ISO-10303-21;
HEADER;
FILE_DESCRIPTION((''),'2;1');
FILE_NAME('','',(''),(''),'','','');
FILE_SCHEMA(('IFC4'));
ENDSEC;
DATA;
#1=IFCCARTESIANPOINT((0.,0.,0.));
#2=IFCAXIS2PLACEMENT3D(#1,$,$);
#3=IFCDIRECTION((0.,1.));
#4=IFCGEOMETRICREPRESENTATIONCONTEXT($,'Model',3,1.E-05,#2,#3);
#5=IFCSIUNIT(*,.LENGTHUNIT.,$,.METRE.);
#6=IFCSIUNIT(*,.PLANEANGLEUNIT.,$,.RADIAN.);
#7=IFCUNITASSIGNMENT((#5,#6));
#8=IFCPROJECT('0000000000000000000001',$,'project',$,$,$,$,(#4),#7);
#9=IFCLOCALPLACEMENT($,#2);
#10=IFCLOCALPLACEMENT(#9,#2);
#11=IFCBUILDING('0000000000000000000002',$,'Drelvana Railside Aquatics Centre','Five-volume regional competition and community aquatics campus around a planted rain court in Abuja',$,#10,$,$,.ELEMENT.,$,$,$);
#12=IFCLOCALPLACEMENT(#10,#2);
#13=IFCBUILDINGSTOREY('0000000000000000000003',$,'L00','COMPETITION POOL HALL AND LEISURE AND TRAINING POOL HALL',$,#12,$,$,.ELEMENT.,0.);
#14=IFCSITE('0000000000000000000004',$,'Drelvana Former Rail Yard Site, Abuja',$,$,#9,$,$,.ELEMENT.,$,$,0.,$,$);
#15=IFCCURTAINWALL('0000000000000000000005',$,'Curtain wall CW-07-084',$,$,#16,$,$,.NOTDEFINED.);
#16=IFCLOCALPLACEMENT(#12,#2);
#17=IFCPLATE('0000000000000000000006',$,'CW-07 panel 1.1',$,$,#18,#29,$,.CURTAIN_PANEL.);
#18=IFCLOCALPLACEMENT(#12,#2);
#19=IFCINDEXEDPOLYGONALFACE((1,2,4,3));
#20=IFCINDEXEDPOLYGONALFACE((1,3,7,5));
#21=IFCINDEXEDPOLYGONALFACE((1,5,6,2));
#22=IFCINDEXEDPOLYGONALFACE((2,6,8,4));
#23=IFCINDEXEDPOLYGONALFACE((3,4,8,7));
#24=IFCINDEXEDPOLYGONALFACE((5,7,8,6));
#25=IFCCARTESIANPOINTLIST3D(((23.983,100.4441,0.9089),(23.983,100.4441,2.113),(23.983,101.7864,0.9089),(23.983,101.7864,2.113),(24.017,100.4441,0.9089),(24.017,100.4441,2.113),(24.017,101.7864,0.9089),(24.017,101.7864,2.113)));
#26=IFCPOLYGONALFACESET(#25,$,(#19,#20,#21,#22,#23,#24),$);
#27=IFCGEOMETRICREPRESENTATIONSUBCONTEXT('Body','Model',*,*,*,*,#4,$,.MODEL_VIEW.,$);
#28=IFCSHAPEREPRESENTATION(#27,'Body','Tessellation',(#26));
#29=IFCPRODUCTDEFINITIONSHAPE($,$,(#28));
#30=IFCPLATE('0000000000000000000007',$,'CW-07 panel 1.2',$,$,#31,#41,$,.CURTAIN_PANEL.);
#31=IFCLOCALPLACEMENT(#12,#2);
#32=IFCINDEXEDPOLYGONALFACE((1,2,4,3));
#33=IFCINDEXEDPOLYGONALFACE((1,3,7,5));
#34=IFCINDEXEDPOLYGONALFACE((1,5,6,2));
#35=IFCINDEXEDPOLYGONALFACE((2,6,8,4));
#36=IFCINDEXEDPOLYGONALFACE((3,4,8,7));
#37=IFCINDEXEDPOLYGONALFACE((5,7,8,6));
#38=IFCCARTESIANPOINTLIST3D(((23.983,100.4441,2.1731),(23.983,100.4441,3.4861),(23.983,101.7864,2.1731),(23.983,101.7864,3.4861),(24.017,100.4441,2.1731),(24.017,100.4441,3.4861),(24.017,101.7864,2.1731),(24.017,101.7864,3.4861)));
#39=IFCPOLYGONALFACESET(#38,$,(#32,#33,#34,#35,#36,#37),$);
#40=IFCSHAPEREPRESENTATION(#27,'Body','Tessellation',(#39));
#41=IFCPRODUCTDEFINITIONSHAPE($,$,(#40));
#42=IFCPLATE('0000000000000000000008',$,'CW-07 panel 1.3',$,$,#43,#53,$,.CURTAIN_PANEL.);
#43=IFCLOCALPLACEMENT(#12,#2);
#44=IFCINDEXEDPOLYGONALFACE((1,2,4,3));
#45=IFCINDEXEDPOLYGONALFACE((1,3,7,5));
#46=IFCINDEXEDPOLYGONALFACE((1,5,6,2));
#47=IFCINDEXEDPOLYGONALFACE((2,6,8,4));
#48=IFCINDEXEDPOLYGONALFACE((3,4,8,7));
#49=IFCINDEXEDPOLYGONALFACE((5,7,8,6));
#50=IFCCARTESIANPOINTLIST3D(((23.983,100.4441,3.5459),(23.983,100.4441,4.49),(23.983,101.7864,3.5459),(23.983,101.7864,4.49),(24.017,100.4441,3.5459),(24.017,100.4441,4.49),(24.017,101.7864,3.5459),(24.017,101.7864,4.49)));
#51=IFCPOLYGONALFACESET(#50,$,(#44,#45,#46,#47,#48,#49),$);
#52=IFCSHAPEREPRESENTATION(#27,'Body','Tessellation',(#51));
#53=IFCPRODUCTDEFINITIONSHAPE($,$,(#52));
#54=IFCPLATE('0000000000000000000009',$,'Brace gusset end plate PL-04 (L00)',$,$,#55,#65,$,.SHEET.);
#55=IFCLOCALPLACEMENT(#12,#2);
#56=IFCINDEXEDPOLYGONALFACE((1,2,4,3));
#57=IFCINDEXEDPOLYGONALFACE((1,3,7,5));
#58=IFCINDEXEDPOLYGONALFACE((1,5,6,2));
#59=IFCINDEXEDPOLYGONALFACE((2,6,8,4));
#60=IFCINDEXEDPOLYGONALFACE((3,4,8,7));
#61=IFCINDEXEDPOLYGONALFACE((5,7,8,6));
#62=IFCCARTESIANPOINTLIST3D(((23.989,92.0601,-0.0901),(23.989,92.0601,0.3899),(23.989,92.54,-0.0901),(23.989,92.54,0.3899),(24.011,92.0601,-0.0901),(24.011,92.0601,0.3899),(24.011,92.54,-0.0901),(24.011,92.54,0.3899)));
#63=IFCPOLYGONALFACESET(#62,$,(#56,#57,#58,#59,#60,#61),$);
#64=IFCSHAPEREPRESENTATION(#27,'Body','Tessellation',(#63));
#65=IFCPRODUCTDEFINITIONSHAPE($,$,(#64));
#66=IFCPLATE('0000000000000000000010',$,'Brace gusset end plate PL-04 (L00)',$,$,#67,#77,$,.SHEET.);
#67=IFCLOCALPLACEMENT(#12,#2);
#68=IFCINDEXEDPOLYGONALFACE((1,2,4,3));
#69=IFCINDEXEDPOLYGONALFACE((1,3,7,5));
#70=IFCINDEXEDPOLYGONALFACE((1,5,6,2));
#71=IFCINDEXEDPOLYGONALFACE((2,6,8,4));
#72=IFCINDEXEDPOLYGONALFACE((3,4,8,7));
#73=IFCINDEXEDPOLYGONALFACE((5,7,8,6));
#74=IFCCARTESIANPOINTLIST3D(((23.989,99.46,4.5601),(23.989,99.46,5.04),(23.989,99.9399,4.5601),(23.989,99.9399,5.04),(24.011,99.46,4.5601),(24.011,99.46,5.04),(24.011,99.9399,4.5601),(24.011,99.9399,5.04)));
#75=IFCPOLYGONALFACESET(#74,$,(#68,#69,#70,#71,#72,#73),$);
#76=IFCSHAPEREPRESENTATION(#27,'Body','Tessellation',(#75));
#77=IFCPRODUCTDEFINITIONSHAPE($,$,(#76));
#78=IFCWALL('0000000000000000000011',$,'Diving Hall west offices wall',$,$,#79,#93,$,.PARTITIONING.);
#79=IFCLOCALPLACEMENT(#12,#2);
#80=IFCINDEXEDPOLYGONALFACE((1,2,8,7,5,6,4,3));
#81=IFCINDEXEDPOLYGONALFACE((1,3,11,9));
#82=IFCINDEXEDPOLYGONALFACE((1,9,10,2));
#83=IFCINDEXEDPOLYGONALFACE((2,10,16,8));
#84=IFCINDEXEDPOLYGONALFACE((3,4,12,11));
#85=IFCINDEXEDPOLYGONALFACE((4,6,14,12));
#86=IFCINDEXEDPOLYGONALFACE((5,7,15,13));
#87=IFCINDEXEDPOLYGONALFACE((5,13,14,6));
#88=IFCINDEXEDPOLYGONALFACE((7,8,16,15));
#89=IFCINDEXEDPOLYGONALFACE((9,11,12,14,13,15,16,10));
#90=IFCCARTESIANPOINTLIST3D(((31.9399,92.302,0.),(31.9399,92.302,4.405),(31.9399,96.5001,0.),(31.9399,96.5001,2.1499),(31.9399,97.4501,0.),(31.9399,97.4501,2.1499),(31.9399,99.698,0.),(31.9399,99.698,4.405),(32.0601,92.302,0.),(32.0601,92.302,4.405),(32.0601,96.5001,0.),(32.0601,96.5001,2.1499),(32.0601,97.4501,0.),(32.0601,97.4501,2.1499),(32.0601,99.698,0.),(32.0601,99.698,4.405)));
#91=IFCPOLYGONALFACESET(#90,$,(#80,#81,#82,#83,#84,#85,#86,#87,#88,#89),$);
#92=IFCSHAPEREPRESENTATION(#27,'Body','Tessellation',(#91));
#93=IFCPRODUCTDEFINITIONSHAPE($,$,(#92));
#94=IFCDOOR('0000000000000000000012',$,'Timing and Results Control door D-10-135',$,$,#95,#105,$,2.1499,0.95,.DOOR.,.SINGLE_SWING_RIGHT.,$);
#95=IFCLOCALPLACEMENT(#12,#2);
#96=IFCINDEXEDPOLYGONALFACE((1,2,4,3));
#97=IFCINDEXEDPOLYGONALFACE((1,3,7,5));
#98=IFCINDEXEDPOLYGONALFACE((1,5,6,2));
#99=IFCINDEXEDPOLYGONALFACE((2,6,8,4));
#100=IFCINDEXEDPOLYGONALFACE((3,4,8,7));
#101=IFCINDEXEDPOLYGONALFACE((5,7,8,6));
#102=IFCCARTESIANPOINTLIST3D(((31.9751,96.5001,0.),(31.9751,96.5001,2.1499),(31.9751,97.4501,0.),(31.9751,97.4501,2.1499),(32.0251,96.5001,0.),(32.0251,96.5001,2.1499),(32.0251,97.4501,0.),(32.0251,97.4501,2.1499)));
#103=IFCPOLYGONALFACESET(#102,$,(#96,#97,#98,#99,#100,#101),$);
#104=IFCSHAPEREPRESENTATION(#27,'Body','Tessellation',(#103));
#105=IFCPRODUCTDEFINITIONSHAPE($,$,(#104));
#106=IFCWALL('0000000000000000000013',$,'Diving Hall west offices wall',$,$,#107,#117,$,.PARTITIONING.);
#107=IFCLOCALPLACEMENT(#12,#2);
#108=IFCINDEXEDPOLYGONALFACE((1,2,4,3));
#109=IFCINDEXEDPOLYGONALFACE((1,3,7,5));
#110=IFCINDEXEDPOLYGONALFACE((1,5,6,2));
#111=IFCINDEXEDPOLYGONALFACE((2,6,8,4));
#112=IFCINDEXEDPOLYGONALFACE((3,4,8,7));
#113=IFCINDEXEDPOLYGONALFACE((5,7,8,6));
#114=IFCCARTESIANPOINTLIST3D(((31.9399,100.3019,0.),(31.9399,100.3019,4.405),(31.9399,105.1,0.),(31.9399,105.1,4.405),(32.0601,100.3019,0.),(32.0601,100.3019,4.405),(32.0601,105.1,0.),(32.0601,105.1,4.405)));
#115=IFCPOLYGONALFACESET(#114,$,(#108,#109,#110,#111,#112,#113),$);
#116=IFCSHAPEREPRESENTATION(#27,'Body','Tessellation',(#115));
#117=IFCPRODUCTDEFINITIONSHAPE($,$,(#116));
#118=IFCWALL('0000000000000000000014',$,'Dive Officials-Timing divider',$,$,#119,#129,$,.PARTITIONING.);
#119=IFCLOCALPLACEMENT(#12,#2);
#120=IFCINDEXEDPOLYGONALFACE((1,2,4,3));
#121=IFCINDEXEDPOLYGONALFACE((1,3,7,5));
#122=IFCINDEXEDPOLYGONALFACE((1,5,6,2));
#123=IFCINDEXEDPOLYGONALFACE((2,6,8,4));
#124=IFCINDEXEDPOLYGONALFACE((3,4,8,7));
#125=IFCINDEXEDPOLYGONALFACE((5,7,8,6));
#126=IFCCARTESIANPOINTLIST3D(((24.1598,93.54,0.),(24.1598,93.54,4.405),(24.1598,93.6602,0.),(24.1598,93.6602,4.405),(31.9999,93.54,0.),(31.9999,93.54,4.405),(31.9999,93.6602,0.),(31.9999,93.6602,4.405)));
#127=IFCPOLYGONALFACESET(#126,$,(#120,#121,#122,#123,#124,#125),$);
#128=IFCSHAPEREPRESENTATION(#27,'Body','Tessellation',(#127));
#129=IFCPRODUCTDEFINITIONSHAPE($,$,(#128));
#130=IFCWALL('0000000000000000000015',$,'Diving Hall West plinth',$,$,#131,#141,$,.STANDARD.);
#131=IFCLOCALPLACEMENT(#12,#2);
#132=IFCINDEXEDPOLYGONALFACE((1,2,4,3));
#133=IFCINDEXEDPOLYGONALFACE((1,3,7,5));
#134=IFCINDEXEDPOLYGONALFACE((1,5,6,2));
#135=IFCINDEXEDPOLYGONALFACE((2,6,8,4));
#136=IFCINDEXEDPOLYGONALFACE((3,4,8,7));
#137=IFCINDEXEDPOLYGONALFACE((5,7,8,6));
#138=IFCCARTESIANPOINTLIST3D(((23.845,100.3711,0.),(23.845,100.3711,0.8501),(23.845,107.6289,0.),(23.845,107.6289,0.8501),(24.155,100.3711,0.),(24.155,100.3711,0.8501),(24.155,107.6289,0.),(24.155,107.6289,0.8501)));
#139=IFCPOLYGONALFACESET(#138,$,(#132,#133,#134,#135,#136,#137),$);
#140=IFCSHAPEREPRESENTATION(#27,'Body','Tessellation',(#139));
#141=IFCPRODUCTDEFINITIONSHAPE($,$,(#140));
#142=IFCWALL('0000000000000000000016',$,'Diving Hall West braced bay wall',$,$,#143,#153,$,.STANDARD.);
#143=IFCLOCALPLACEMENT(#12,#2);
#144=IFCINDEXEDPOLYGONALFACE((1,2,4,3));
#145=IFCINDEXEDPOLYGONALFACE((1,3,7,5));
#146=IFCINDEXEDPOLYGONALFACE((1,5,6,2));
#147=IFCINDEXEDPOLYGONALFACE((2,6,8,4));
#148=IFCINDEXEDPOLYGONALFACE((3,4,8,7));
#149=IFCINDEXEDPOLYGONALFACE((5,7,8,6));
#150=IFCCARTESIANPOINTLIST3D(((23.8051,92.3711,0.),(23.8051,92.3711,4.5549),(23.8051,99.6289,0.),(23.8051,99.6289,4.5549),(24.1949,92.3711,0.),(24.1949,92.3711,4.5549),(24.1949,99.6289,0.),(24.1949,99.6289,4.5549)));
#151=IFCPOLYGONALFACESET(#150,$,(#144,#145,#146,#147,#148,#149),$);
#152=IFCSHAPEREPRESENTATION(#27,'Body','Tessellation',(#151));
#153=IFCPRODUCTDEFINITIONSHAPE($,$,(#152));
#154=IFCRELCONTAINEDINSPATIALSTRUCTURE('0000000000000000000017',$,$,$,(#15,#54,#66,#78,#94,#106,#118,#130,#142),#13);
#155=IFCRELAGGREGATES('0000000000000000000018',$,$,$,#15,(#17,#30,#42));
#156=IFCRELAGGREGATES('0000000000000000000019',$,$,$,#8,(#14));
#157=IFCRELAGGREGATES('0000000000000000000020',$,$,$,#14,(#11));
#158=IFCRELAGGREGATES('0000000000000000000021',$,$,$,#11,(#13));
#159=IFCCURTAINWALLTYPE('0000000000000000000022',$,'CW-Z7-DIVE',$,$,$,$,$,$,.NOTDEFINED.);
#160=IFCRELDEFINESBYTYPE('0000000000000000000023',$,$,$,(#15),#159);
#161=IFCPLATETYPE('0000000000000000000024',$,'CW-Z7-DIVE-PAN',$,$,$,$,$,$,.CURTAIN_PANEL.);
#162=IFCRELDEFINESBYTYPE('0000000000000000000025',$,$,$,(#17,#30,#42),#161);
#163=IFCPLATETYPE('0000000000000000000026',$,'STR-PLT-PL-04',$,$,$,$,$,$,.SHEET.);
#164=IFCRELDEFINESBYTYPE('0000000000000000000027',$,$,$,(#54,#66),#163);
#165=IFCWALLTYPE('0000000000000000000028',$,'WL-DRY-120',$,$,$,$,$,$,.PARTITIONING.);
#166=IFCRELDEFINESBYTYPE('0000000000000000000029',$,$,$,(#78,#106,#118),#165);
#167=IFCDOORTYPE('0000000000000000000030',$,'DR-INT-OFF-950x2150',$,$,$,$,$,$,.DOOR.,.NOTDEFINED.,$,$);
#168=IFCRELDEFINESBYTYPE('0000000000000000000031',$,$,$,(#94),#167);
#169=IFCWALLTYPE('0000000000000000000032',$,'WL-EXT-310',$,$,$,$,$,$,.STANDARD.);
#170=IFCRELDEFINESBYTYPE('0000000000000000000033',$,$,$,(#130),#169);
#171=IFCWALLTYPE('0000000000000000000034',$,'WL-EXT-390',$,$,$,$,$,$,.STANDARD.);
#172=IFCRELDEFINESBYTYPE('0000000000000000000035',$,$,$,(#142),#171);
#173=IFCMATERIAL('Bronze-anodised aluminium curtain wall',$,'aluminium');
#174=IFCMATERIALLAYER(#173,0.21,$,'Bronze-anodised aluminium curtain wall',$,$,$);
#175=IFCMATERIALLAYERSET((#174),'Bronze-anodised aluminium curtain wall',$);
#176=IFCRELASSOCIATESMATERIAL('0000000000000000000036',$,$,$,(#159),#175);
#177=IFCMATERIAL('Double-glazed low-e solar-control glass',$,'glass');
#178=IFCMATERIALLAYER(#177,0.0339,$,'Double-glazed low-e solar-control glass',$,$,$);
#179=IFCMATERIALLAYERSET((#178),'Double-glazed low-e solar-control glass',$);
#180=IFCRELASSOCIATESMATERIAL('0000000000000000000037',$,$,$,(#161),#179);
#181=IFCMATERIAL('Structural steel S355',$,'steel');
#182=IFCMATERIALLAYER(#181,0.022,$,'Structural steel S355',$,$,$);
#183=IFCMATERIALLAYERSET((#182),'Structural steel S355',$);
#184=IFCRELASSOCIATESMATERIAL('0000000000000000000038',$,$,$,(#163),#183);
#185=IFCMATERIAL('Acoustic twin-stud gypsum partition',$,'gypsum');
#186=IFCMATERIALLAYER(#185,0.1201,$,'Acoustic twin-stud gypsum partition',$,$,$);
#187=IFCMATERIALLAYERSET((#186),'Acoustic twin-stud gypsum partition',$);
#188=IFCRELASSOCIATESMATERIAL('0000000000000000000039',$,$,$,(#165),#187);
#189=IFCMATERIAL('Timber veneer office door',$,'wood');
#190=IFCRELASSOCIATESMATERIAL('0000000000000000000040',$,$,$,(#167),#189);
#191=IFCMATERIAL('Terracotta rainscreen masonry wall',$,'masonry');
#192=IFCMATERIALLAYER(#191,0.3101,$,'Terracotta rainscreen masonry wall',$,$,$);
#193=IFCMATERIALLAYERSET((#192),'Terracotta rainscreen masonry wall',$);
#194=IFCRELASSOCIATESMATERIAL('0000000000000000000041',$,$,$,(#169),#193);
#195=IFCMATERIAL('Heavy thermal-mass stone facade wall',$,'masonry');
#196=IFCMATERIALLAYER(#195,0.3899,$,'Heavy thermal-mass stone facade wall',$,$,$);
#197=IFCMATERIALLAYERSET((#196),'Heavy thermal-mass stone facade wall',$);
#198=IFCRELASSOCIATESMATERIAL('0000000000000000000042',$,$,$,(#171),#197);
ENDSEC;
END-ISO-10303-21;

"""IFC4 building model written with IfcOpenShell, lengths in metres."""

from ifc_helpers import new_model, si_unit, direction, frame, frame_2d, origin, origin_2d, place, context, subcontext, project, spatial, rectangle, extrude, material, layer, layer_set, type_object, element, fill, aggregate, save


model = new_model("IFC4")

# Units and contexts
model_context = context("Model", 3, precision=1e-05, world=origin(), true_north=direction((0.0, 1.0)))
body_context = subcontext(model_context, "Body", "Model", "MODEL_VIEW")
ifc_project = project(units=[si_unit("LENGTHUNIT", "METRE"), si_unit("PLANEANGLEUNIT", "RADIAN")], contexts=[model_context])

# Site, building, storey
site_placement = place(None, origin())
site = spatial("IfcSite", under=ifc_project, at=site_placement, Name="Drelvana Former Rail Yard Site, Abuja", CompositionType="ELEMENT", RefElevation=0.0)
building_placement = place(site_placement, origin())
building = spatial("IfcBuilding", under=site, at=building_placement, Name="Drelvana Railside Aquatics Centre", Description="Five-volume regional competition and community aquatics campus around a planted rain court in Abuja", CompositionType="ELEMENT")
storey_placement = place(building_placement, origin())
storey = spatial("IfcBuildingStorey", under=building, at=storey_placement, Name="L00", Description="COMPETITION POOL HALL AND LEISURE AND TRAINING POOL HALL", CompositionType="ELEMENT", Elevation=0.0)

# Shared definitions
ifc_material_1 = material(Name="Bronze-anodised aluminium curtain wall", Category="aluminium")
ifc_layer_1 = layer(ifc_material_1, 0.21, Name="Bronze-anodised aluminium curtain wall")
ifc_layer_set_1 = layer_set([ifc_layer_1], Name="Bronze-anodised aluminium curtain wall")
curtain_wall_type = type_object("IfcCurtainWallType", Name="CW-Z7-DIVE", PredefinedType="NOTDEFINED", material=ifc_layer_set_1)

# Curtain wall
curtain_wall_1_placement = place(storey_placement, origin())
curtain_wall_1 = element("IfcCurtainWall", 1, at=curtain_wall_1_placement, inside=storey, type_object=curtain_wall_type, Name="Curtain wall CW-07-084", PredefinedType="NOTDEFINED")

# Shared definitions
ifc_material_2 = material(Name="Structural steel S355", Category="steel")

# Plates
ifc_material_3 = material(Name="Double-glazed low-e solar-control glass", Category="glass")
ifc_layer_2 = layer(ifc_material_3, 0.0339, Name="Double-glazed low-e solar-control glass")
ifc_layer_set_2 = layer_set([ifc_layer_2], Name="Double-glazed low-e solar-control glass")
plate_type_1 = type_object("IfcPlateType", Name="CW-Z7-DIVE-PAN", PredefinedType="CURTAIN_PANEL", material=ifc_layer_set_2)
plate_1_placement = place(storey_placement, frame((24.0, 101.1152, 0.9089), z_axis=(0.0, 0.0, 1.0), x_axis=(0.0, 1.0, 0.0)))
plate_1 = element("IfcPlate", 2, at=plate_1_placement, type_object=plate_type_1, Name="CW-07 panel 1.1", PredefinedType="CURTAIN_PANEL", context=body_context, shape_type="SweptSolid", body=[
    extrude(rectangle(XDim=1.3423, YDim=0.0339, at=origin_2d()), origin(), (0.0, 0.0, 1.0), 1.2041),
])
plate_2_placement = place(storey_placement, frame((24.0, 101.1152, 2.1731), z_axis=(0.0, 0.0, 1.0), x_axis=(0.0, 1.0, 0.0)))
plate_2 = element("IfcPlate", 3, at=plate_2_placement, type_object=plate_type_1, Name="CW-07 panel 1.2", PredefinedType="CURTAIN_PANEL", context=body_context, shape_type="SweptSolid", body=[
    extrude(rectangle(XDim=1.3423, YDim=0.0339, at=origin_2d()), origin(), (0.0, 0.0, 1.0), 1.313),
])
plate_3_placement = place(storey_placement, frame((24.0, 101.1152, 3.5459), z_axis=(0.0, 0.0, 1.0), x_axis=(0.0, 1.0, 0.0)))
plate_3 = element("IfcPlate", 4, at=plate_3_placement, type_object=plate_type_1, Name="CW-07 panel 1.3", PredefinedType="CURTAIN_PANEL", context=body_context, shape_type="SweptSolid", body=[
    extrude(rectangle(XDim=1.3423, YDim=0.0339, at=origin_2d()), origin(), (0.0, 0.0, 1.0), 0.9441),
])
aggregate(curtain_wall_1, [plate_1, plate_2, plate_3])

# Plates
ifc_layer_3 = layer(ifc_material_2, 0.022, Name="Structural steel S355")
ifc_layer_set_3 = layer_set([ifc_layer_3], Name="Structural steel S355")
plate_type_2 = type_object("IfcPlateType", Name="STR-PLT-PL-04", PredefinedType="SHEET", material=ifc_layer_set_3)
for number, where, z_axis, x_axis, name in (
    (5, (24.0, 92.3, -0.0901), (0.0, 0.0, 1.0), (1.0, 0.0, 0.0), "Brace gusset end plate PL-04 (L00)"),
    (6, (24.0, 99.7, 4.5601), (0.0, 0.0, 1.0), (1.0, 0.0, 0.0), "Brace gusset end plate PL-04 (L00)"),
):
    element("IfcPlate", number, at=place(storey_placement, frame(where, z_axis=z_axis, x_axis=x_axis)), inside=storey, type_object=plate_type_2, Name=name, PredefinedType="SHEET", context=body_context, shape_type="SweptSolid", body=[
        extrude(rectangle(XDim=0.022, YDim=0.48, at=origin_2d()), origin(), (0.0, 0.0, 1.0), 0.48),
    ])

# Wall, opening, door
ifc_material_4 = material(Name="Acoustic twin-stud gypsum partition", Category="gypsum")
ifc_layer_4 = layer(ifc_material_4, 0.1201, Name="Acoustic twin-stud gypsum partition")
ifc_layer_set_4 = layer_set([ifc_layer_4], Name="Acoustic twin-stud gypsum partition")
wall_type_1 = type_object("IfcWallType", Name="WL-DRY-120", PredefinedType="PARTITIONING", material=ifc_layer_set_4)
wall_1_placement = place(storey_placement, frame((32.0, 92.302, 0.0), z_axis=(0.0, 0.0, 1.0), x_axis=(0.0, 1.0, 0.0)))
wall_1 = element("IfcWall", 7, at=wall_1_placement, inside=storey, type_object=wall_type_1, Name="Diving Hall west offices wall", PredefinedType="PARTITIONING", context=body_context, shape_type="SweptSolid", body=[
    extrude(rectangle(XDim=7.396, YDim=0.1201, at=frame_2d((3.698, 0.0))), origin(), (0.0, 0.0, 1.0), 4.405),
])
opening_placement = place(wall_1_placement, frame((4.198, 0.0, 0.0)))
opening = element("IfcOpeningElement", 8, at=opening_placement, cuts=wall_1, PredefinedType="OPENING", context=body_context, shape_type="SweptSolid", body=[
    extrude(rectangle(XDim=0.95, YDim=2.1499, at=frame_2d((0.4751, 1.075))), frame((0.0, 0.0701, 0.0), z_axis=(0.0, -1.0, 0.0), x_axis=(1.0, 0.0, 0.0)), (0.0, 0.0, 1.0), 0.1401),
])
ifc_material_5 = material(Name="Timber veneer office door", Category="wood")
door_type = type_object("IfcDoorType", Name="DR-INT-OFF-950x2150", OperationType="NOTDEFINED", PredefinedType="DOOR", material=ifc_material_5)
door_placement = place(opening_placement, origin())
door = element("IfcDoor", 9, at=door_placement, inside=storey, type_object=door_type, Name="Timing and Results Control door D-10-135", OperationType="SINGLE_SWING_RIGHT", OverallHeight=2.1499, OverallWidth=0.95, PredefinedType="DOOR", context=body_context, shape_type="SweptSolid", body=[
    extrude(rectangle(XDim=0.95, YDim=2.1499, at=frame_2d((0.4751, 1.075))), frame((0.0, 0.0249, 0.0), z_axis=(0.0, -1.0, 0.0), x_axis=(1.0, 0.0, 0.0)), (0.0, 0.0, 1.0), 0.05),
])
fill(opening, door)

# Walls
wall_2_placement = place(storey_placement, frame((32.0, 100.302, 0.0), z_axis=(0.0, 0.0, 1.0), x_axis=(0.0, 1.0, 0.0)))
element("IfcWall", 10, at=wall_2_placement, inside=storey, type_object=wall_type_1, Name="Diving Hall west offices wall", PredefinedType="PARTITIONING", context=body_context, shape_type="SweptSolid", body=[
    extrude(rectangle(XDim=4.7981, YDim=0.1201, at=frame_2d((2.3989, 0.0))), origin(), (0.0, 0.0, 1.0), 4.405),
])
wall_3_placement = place(storey_placement, frame((24.1599, 93.6001, 0.0), z_axis=(0.0, 0.0, 1.0), x_axis=(1.0, 0.0, 0.0)))
element("IfcWall", 11, at=wall_3_placement, inside=storey, type_object=wall_type_1, Name="Dive Officials-Timing divider", PredefinedType="PARTITIONING", context=body_context, shape_type="SweptSolid", body=[
    extrude(rectangle(XDim=7.8401, YDim=0.1201, at=frame_2d((3.9199, 0.0))), origin(), (0.0, 0.0, 1.0), 4.405),
])
ifc_material_6 = material(Name="Terracotta rainscreen masonry wall", Category="masonry")
ifc_layer_5 = layer(ifc_material_6, 0.3101, Name="Terracotta rainscreen masonry wall")
ifc_layer_set_5 = layer_set([ifc_layer_5], Name="Terracotta rainscreen masonry wall")
wall_type_2 = type_object("IfcWallType", Name="WL-EXT-310", PredefinedType="STANDARD", material=ifc_layer_set_5)
wall_4_placement = place(storey_placement, frame((24.0, 100.3711, 0.0), z_axis=(0.0, 0.0, 1.0), x_axis=(0.0, 1.0, 0.0)))
element("IfcWall", 12, at=wall_4_placement, inside=storey, type_object=wall_type_2, Name="Diving Hall West plinth", PredefinedType="STANDARD", context=body_context, shape_type="SweptSolid", body=[
    extrude(rectangle(XDim=7.2578, YDim=0.3101, at=frame_2d((3.6289, 0.0))), origin(), (0.0, 0.0, 1.0), 0.8501),
])
ifc_material_7 = material(Name="Heavy thermal-mass stone facade wall", Category="masonry")
ifc_layer_6 = layer(ifc_material_7, 0.3899, Name="Heavy thermal-mass stone facade wall")
ifc_layer_set_6 = layer_set([ifc_layer_6], Name="Heavy thermal-mass stone facade wall")
wall_type_3 = type_object("IfcWallType", Name="WL-EXT-390", PredefinedType="STANDARD", material=ifc_layer_set_6)
wall_5_placement = place(storey_placement, frame((24.0, 92.3711, 0.0), z_axis=(0.0, 0.0, 1.0), x_axis=(0.0, 1.0, 0.0)))
element("IfcWall", 13, at=wall_5_placement, inside=storey, type_object=wall_type_3, Name="Diving Hall West braced bay wall", PredefinedType="STANDARD", context=body_context, shape_type="SweptSolid", body=[
    extrude(rectangle(XDim=7.2578, YDim=0.3899, at=frame_2d((3.6289, 0.0))), origin(), (0.0, 0.0, 1.0), 4.5549),
])

save(model, "model.ifc")
